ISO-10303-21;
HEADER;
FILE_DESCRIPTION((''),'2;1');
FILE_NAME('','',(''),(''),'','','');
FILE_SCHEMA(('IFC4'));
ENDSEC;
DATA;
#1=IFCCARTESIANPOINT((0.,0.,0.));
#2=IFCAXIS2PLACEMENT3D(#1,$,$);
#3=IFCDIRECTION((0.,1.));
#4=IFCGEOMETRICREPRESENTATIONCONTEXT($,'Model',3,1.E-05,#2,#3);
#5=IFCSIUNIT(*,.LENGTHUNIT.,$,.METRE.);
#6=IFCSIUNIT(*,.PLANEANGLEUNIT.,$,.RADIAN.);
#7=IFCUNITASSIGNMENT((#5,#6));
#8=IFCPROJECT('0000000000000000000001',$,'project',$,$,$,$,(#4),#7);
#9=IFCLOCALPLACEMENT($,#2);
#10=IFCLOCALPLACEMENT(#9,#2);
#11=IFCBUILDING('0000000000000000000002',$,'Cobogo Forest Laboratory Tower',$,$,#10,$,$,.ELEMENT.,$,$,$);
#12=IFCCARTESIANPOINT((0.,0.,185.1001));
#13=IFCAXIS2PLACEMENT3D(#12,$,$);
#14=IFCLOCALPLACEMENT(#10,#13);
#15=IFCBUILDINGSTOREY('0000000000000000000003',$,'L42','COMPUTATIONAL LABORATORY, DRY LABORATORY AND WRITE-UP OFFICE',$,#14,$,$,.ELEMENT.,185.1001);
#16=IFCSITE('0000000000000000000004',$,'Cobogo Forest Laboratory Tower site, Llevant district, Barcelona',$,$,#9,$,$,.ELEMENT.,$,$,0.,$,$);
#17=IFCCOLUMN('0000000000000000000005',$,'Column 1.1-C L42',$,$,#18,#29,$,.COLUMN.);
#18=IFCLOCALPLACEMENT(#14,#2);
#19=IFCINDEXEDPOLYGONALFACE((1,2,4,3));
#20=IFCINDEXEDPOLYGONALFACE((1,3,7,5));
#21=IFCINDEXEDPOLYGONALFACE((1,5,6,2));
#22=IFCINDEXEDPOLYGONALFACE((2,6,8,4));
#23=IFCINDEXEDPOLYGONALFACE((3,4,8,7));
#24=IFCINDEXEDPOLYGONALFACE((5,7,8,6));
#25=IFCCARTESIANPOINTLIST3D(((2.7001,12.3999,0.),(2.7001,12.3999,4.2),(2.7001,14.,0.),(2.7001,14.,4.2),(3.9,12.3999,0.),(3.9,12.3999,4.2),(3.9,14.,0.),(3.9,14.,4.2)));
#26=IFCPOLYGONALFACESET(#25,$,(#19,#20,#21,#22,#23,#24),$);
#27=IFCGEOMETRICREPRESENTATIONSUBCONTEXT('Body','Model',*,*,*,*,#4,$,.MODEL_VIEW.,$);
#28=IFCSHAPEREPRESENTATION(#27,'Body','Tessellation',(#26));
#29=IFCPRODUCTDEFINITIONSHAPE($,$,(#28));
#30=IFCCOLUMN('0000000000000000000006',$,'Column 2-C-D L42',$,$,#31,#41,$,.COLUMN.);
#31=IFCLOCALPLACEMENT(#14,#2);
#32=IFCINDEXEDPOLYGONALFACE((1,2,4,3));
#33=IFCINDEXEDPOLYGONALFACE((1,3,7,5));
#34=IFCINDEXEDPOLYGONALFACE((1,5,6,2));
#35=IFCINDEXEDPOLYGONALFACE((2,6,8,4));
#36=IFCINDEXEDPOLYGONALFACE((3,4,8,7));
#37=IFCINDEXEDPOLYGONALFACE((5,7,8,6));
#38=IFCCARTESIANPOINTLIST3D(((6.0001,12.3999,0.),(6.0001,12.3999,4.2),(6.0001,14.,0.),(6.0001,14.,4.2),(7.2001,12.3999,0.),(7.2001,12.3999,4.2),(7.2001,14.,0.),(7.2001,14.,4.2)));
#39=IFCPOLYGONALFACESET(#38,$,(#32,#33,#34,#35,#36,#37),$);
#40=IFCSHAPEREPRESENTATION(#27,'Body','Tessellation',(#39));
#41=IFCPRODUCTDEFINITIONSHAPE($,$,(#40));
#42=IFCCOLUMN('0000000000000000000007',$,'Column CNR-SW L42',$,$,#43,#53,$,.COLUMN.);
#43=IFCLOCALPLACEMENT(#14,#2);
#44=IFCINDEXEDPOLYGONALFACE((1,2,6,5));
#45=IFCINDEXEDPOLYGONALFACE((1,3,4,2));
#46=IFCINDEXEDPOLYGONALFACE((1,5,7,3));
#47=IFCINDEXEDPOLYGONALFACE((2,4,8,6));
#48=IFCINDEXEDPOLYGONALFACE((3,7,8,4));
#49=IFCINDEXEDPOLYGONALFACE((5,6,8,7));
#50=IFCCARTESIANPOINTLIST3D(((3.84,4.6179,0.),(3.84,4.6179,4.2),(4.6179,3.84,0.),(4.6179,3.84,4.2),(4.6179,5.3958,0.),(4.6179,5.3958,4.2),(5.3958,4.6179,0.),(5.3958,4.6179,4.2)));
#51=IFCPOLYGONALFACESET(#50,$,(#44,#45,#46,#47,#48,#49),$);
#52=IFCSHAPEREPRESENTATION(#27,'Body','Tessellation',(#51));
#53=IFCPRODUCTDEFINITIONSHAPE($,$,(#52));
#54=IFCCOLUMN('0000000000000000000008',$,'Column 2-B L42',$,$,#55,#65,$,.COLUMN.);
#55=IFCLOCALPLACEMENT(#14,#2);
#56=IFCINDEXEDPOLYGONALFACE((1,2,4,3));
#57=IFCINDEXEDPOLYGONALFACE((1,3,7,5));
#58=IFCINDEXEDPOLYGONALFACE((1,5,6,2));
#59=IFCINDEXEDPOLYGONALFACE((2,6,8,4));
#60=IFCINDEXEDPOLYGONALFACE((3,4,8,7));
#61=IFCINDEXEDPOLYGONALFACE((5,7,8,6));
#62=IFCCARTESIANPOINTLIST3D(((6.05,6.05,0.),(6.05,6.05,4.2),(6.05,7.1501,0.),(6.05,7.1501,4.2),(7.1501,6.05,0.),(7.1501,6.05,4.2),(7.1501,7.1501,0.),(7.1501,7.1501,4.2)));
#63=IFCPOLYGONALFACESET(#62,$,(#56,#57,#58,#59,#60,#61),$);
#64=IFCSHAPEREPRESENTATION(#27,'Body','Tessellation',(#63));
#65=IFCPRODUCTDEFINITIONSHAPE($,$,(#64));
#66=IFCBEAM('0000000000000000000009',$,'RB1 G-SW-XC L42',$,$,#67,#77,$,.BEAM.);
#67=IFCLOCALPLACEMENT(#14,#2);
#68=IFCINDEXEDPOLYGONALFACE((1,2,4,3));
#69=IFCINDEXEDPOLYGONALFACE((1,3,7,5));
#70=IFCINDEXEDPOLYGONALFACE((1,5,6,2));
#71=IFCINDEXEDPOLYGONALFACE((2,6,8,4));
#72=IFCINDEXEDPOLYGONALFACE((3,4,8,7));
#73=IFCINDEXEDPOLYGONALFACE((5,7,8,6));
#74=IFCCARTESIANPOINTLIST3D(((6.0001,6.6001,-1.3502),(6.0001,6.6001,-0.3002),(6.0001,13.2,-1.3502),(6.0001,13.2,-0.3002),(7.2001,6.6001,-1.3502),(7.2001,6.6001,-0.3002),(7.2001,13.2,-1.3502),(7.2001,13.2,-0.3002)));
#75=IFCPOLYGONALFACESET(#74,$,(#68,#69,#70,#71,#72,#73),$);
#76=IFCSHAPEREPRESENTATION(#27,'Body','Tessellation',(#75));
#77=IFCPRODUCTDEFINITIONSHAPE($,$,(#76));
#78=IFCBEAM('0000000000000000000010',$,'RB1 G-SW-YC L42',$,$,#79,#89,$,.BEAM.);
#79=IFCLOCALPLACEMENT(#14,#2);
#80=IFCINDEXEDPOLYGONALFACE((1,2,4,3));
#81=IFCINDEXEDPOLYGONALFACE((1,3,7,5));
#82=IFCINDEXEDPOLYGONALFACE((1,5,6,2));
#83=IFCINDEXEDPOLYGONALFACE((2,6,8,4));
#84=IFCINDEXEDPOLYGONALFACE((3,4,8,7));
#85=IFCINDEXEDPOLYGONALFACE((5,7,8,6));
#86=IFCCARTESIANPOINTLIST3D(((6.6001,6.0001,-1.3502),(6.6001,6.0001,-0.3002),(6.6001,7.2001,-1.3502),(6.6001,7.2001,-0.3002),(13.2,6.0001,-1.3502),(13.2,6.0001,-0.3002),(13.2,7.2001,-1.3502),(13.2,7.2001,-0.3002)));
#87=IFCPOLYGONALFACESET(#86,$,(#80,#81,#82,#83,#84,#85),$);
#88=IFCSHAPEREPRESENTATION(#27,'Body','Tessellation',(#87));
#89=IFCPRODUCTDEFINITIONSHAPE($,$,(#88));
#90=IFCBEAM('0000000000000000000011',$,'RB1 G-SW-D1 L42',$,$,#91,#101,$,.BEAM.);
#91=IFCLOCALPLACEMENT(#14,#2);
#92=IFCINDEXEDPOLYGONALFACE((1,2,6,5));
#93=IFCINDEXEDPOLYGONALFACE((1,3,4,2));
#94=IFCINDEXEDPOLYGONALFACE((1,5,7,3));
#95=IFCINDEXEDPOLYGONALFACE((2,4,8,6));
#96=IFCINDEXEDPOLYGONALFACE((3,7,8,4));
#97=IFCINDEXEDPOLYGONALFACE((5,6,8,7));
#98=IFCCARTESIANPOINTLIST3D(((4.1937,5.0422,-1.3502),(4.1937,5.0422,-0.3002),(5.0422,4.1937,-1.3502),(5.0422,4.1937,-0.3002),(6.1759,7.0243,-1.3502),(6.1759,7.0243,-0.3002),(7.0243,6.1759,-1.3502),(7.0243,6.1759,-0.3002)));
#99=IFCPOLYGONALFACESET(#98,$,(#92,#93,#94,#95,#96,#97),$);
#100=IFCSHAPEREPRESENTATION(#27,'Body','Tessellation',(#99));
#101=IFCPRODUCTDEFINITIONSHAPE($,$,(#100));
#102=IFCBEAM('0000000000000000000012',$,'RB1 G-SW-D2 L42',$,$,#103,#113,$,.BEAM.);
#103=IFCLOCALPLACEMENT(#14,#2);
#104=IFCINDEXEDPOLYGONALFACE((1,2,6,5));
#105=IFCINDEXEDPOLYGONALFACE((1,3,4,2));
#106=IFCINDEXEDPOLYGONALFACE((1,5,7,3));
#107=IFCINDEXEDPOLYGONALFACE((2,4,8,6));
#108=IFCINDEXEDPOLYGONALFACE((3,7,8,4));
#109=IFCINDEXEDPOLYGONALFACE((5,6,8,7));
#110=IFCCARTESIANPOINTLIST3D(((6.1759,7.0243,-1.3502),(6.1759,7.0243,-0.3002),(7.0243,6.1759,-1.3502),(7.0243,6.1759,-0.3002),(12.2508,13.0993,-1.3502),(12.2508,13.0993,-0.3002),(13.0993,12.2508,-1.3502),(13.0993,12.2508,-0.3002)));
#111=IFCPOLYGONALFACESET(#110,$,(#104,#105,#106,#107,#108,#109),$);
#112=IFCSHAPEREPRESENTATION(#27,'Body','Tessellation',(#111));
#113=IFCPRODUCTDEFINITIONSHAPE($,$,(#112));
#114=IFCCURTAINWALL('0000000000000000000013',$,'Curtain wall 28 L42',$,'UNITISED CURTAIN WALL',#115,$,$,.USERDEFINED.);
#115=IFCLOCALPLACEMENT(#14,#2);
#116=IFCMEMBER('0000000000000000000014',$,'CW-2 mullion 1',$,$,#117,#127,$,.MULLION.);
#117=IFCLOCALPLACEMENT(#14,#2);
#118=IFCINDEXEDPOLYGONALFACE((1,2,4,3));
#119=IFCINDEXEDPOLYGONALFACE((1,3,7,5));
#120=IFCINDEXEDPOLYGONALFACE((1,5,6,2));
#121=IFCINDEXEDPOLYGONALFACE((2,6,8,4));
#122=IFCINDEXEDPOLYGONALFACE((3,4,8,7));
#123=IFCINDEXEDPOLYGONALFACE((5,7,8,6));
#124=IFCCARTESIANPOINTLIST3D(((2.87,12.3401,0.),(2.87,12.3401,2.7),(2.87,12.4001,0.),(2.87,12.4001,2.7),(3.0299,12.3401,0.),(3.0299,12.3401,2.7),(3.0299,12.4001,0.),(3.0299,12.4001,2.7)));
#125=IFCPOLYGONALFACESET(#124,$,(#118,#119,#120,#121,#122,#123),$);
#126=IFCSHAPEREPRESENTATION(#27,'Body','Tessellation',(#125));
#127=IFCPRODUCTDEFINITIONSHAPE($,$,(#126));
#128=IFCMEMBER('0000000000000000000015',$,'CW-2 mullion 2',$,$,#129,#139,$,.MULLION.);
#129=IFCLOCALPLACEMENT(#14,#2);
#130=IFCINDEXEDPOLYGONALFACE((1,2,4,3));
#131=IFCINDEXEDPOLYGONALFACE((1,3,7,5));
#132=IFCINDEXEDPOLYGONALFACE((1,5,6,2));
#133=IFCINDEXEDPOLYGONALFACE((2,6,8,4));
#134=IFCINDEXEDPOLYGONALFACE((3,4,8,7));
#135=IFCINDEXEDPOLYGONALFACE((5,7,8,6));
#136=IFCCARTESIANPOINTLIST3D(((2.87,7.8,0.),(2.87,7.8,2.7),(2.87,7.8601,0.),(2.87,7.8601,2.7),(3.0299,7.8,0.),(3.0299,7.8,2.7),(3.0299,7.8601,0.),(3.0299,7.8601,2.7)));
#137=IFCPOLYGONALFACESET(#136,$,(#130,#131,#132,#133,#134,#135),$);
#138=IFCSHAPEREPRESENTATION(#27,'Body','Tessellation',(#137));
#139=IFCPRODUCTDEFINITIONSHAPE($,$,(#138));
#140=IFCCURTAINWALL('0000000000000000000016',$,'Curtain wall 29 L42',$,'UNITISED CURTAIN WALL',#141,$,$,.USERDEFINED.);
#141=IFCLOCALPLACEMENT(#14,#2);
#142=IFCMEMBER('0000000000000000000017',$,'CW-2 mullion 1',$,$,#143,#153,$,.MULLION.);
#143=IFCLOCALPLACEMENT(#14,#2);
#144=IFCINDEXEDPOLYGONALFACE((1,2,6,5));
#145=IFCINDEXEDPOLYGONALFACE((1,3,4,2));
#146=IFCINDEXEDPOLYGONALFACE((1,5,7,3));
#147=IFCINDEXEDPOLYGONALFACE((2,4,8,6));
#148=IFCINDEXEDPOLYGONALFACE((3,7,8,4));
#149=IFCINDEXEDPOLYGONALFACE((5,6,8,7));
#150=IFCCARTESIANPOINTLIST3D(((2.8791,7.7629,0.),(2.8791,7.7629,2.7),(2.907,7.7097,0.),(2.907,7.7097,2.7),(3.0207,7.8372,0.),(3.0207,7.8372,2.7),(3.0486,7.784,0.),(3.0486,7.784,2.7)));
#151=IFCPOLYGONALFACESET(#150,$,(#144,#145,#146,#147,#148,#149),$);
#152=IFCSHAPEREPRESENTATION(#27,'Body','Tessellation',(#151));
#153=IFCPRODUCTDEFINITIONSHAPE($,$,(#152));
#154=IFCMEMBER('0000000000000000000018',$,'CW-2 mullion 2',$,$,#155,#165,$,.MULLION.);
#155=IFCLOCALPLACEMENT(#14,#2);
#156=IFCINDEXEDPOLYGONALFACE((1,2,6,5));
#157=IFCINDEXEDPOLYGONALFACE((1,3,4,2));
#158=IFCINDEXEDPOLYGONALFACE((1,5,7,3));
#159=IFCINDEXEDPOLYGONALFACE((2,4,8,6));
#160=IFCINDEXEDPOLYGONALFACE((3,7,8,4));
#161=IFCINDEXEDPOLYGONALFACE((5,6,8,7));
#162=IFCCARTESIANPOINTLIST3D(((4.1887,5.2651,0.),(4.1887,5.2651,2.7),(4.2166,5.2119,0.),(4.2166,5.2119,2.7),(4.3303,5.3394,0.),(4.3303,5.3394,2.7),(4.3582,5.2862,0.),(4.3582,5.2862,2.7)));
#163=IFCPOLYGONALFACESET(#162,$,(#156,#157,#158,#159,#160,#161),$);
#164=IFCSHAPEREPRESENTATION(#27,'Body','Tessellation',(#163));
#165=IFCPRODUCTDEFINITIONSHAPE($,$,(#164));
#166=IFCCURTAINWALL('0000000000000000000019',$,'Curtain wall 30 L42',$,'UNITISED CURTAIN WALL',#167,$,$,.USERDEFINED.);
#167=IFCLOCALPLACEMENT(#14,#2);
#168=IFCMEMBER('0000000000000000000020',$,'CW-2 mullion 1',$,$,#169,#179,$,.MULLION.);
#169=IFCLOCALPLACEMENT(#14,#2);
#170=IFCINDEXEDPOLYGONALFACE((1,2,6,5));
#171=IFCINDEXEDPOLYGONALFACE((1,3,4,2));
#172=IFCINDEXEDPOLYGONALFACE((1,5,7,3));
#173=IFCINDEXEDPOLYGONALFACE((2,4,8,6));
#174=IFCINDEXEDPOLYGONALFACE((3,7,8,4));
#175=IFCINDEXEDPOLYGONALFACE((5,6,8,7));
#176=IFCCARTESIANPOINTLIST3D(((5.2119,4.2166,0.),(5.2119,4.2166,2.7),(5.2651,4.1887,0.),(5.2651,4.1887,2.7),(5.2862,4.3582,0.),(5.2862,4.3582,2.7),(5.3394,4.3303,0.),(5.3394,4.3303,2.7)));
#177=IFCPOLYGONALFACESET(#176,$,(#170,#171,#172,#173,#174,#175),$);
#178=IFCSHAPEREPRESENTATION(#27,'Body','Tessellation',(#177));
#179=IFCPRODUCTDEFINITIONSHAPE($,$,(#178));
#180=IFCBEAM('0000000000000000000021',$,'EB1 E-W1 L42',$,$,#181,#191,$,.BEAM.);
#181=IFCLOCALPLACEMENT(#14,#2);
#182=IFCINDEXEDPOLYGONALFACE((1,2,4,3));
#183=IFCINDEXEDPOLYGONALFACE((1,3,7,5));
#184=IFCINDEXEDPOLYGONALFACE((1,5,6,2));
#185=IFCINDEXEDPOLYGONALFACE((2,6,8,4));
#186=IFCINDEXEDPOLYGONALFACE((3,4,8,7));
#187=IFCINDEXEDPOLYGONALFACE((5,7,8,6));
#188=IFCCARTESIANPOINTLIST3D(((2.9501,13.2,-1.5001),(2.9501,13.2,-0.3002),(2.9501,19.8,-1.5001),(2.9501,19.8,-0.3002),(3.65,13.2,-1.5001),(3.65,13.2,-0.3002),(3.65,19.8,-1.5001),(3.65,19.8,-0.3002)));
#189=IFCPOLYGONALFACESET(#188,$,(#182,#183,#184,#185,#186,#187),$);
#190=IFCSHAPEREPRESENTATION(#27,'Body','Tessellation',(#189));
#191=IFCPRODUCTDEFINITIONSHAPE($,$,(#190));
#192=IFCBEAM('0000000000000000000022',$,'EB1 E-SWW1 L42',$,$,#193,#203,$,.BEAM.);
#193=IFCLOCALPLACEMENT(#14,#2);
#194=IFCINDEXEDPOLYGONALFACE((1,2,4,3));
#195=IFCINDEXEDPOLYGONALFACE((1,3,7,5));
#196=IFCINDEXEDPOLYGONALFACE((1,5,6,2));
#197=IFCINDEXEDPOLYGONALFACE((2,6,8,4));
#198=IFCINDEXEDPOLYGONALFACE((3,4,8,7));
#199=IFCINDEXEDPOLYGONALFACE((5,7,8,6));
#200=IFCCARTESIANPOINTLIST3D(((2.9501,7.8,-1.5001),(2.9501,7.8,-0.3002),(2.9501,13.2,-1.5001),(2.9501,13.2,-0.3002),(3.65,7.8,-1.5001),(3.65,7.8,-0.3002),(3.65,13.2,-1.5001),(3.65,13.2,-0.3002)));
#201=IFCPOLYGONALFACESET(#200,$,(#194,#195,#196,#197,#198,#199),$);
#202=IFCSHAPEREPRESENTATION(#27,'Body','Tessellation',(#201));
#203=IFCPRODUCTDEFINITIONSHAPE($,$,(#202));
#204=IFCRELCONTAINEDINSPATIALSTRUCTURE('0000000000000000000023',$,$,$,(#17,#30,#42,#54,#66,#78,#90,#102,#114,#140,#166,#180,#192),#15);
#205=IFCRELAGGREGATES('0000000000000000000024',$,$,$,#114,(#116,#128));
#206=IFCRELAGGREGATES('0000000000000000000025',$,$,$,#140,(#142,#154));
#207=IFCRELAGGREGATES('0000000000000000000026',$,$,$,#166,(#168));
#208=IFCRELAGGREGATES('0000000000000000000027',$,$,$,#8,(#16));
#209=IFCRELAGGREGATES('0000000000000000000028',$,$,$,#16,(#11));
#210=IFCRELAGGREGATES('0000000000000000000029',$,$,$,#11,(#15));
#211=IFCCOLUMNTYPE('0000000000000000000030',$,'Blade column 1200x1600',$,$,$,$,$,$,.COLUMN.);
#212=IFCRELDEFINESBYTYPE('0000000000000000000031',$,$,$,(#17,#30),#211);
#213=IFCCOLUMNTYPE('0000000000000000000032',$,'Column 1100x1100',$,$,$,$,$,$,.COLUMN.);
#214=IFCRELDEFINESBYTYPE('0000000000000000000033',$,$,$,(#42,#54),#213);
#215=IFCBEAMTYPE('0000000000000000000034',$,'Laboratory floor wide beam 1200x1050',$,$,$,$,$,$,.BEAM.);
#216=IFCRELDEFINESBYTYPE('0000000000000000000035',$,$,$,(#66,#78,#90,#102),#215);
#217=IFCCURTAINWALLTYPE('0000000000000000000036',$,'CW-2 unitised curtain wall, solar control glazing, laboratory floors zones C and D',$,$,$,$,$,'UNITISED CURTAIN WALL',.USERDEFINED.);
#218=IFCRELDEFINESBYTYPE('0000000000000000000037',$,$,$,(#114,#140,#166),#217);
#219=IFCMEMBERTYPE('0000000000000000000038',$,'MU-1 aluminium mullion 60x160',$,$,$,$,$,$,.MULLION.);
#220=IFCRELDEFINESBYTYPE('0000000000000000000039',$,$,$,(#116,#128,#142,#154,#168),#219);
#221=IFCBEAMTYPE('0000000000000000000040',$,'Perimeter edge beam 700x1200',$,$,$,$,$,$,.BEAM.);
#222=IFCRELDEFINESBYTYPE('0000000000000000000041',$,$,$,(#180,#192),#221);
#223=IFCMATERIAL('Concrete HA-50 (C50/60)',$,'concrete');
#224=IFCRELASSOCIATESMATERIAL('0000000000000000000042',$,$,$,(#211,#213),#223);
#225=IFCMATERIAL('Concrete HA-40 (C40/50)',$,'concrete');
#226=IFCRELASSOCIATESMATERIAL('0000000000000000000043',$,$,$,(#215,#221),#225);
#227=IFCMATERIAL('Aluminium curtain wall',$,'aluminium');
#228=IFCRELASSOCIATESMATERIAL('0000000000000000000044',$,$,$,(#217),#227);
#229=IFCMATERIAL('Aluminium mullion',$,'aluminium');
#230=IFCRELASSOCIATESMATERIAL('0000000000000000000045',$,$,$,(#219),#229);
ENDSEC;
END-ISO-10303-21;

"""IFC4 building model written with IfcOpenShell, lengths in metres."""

from ifc_helpers import new_model, si_unit, direction, frame, origin, origin_2d, place, context, subcontext, project, spatial, rectangle, extrude, material, material_profile, profile_set, type_object, element, aggregate, save


model = new_model("IFC4")

# Units and contexts
model_context = context("Model", 3, precision=1e-05, world=origin(), true_north=direction((0.0, 1.0)))
body_context = subcontext(model_context, "Body", "Model", "MODEL_VIEW")
ifc_project = project(units=[si_unit("LENGTHUNIT", "METRE"), si_unit("PLANEANGLEUNIT", "RADIAN")], contexts=[model_context])

# Site, building, storey
site_placement = place(None, origin())
site = spatial("IfcSite", under=ifc_project, at=site_placement, Name="Cobogo Forest Laboratory Tower site, Llevant district, Barcelona", CompositionType="ELEMENT", RefElevation=0.0)
building_placement = place(site_placement, origin())
building = spatial("IfcBuilding", under=site, at=building_placement, Name="Cobogo Forest Laboratory Tower", CompositionType="ELEMENT")
storey_placement = place(building_placement, frame((0.0, 0.0, 185.1001)))
storey = spatial("IfcBuildingStorey", under=building, at=storey_placement, Name="L42", Description="COMPUTATIONAL LABORATORY, DRY LABORATORY AND WRITE-UP OFFICE", CompositionType="ELEMENT", Elevation=185.1001)

# Columns
ifc_material_1 = material(Name="Concrete HA-50 (C50/60)", Category="concrete")
ifc_material_profile_1 = material_profile(ifc_material_1, rectangle(XDim=1.6001, YDim=1.2, at=origin_2d()), Name="RC 1200x1600")
ifc_profile_set_1 = profile_set([ifc_material_profile_1], Name="Concrete HA-50 (C50/60)")
column_type_1 = type_object("IfcColumnType", Name="Blade column 1200x1600", PredefinedType="COLUMN", material=ifc_profile_set_1)
for number, where, z_axis, x_axis, name in (
    (1, (3.3, 13.2, 0.0), (0.0, 0.0, 1.0), (0.0, 1.0, 0.0), "Column 1.1-C L42"),
    (2, (6.6001, 13.2, 0.0), (0.0, 0.0, 1.0), (0.0, 1.0, 0.0), "Column 2-C-D L42"),
):
    element("IfcColumn", number, at=place(storey_placement, frame(where, z_axis=z_axis, x_axis=x_axis)), inside=storey, type_object=column_type_1, Name=name, PredefinedType="COLUMN", context=body_context, shape_type="SweptSolid", body=[
        extrude(rectangle(XDim=1.6001, YDim=1.2, at=origin_2d()), origin(), (0.0, 0.0, 1.0), 4.2),
    ])
ifc_material_profile_2 = material_profile(ifc_material_1, rectangle(XDim=1.1001, YDim=1.1001, at=origin_2d()), Name="RC 1100x1100")
ifc_profile_set_2 = profile_set([ifc_material_profile_2], Name="Concrete HA-50 (C50/60)")
column_type_2 = type_object("IfcColumnType", Name="Column 1100x1100", PredefinedType="COLUMN", material=ifc_profile_set_2)
for number, where, z_axis, x_axis, name in (
    (3, (4.6179, 4.6179, 0.0), (0.0, 0.0, 1.0), (0.707107, 0.707107, 0.0), "Column CNR-SW L42"),
    (4, (6.6001, 6.6001, 0.0), (0.0, 0.0, 1.0), (1.0, 0.0, 0.0), "Column 2-B L42"),
):
    element("IfcColumn", number, at=place(storey_placement, frame(where, z_axis=z_axis, x_axis=x_axis)), inside=storey, type_object=column_type_2, Name=name, PredefinedType="COLUMN", context=body_context, shape_type="SweptSolid", body=[
        extrude(rectangle(XDim=1.1001, YDim=1.1001, at=origin_2d()), origin(), (0.0, 0.0, 1.0), 4.2),
    ])

# Beams
ifc_material_2 = material(Name="Concrete HA-40 (C40/50)", Category="concrete")
ifc_material_profile_3 = material_profile(ifc_material_2, rectangle(XDim=1.2, YDim=1.05, at=origin_2d()), Name="RC 1200x1050")
ifc_profile_set_3 = profile_set([ifc_material_profile_3], Name="Concrete HA-40 (C40/50)")
beam_type_1 = type_object("IfcBeamType", Name="Laboratory floor wide beam 1200x1050", PredefinedType="BEAM", material=ifc_profile_set_3)
for number, where, z_axis, x_axis, name in (
    (5, (6.6001, 6.6001, -0.8252), (0.0, 1.0, 0.0), (-1.0, 0.0, 0.0), "RB1 G-SW-XC L42"),
    (6, (6.6001, 6.6001, -0.8252), (1.0, 0.0, 0.0), (0.0, 1.0, 0.0), "RB1 G-SW-YC L42"),
):
    element("IfcBeam", number, at=place(storey_placement, frame(where, z_axis=z_axis, x_axis=x_axis)), inside=storey, type_object=beam_type_1, Name=name, PredefinedType="BEAM", context=body_context, shape_type="SweptSolid", body=[
        extrude(rectangle(XDim=1.2, YDim=1.05, at=origin_2d()), origin(), (0.0, 0.0, 1.0), 6.5999),
    ])
beam_1_placement = place(storey_placement, frame((4.6179, 4.6179, -0.8252), z_axis=(0.707107, 0.707107, 0.0), x_axis=(-0.707107, 0.707107, 0.0)))
element("IfcBeam", 7, at=beam_1_placement, inside=storey, type_object=beam_type_1, Name="RB1 G-SW-D1 L42", PredefinedType="BEAM", context=body_context, shape_type="SweptSolid", body=[
    extrude(rectangle(XDim=1.2, YDim=1.05, at=origin_2d()), origin(), (0.0, 0.0, 1.0), 2.8032),
])
beam_2_placement = place(storey_placement, frame((6.6001, 6.6001, -0.8252), z_axis=(0.707107, 0.707107, 0.0), x_axis=(-0.707107, 0.707107, 0.0)))
element("IfcBeam", 8, at=beam_2_placement, inside=storey, type_object=beam_type_1, Name="RB1 G-SW-D2 L42", PredefinedType="BEAM", context=body_context, shape_type="SweptSolid", body=[
    extrude(rectangle(XDim=1.2, YDim=1.05, at=origin_2d()), origin(), (0.0, 0.0, 1.0), 8.5913),
])

# Curtain walls, members
ifc_material_3 = material(Name="Aluminium curtain wall", Category="aluminium")
curtain_wall_type = type_object("IfcCurtainWallType", Name="CW-2 unitised curtain wall, solar control glazing, laboratory floors zones C and D", ElementType="UNITISED CURTAIN WALL", PredefinedType="USERDEFINED", material=ifc_material_3)
curtain_wall_1_placement = place(storey_placement, origin())
curtain_wall_1 = element("IfcCurtainWall", 9, at=curtain_wall_1_placement, inside=storey, type_object=curtain_wall_type, Name="Curtain wall 28 L42", ObjectType="UNITISED CURTAIN WALL", PredefinedType="USERDEFINED")
ifc_material_4 = material(Name="Aluminium mullion", Category="aluminium")
ifc_material_profile_4 = material_profile(ifc_material_4, rectangle(XDim=0.0601, YDim=0.1599, at=origin_2d()), Name="AL 60x160")
ifc_profile_set_4 = profile_set([ifc_material_profile_4], Name="Aluminium mullion")
member_type_1 = type_object("IfcMemberType", Name="MU-1 aluminium mullion 60x160", PredefinedType="MULLION", material=ifc_profile_set_4)
member_1_placement = place(storey_placement, frame((2.95, 12.3701, 0.0), z_axis=(0.0, 0.0, 1.0), x_axis=(0.0, -1.0, 0.0)))
member_1 = element("IfcMember", 10, at=member_1_placement, type_object=member_type_1, Name="CW-2 mullion 1", PredefinedType="MULLION", context=body_context, shape_type="SweptSolid", body=[
    extrude(rectangle(XDim=0.0601, YDim=0.1599, at=origin_2d()), origin(), (0.0, 0.0, 1.0), 2.7),
])
member_2_placement = place(storey_placement, frame((2.95, 7.8301, 0.0), z_axis=(0.0, 0.0, 1.0), x_axis=(0.0, -1.0, 0.0)))
member_2 = element("IfcMember", 11, at=member_2_placement, type_object=member_type_1, Name="CW-2 mullion 2", PredefinedType="MULLION", context=body_context, shape_type="SweptSolid", body=[
    extrude(rectangle(XDim=0.0601, YDim=0.1599, at=origin_2d()), origin(), (0.0, 0.0, 1.0), 2.7),
])
curtain_wall_2_placement = place(storey_placement, origin())
curtain_wall_2 = element("IfcCurtainWall", 12, at=curtain_wall_2_placement, inside=storey, type_object=curtain_wall_type, Name="Curtain wall 29 L42", ObjectType="UNITISED CURTAIN WALL", PredefinedType="USERDEFINED")
member_3_placement = place(storey_placement, frame((2.9639, 7.7734, 0.0), z_axis=(0.0, 0.0, 1.0), x_axis=(0.464284, -0.885686, 0.0)))
member_3 = element("IfcMember", 13, at=member_3_placement, type_object=member_type_1, Name="CW-2 mullion 1", PredefinedType="MULLION", context=body_context, shape_type="SweptSolid", body=[
    extrude(rectangle(XDim=0.0601, YDim=0.1599, at=origin_2d()), origin(), (0.0, 0.0, 1.0), 2.7),
])
member_4_placement = place(storey_placement, frame((4.2734, 5.2756, 0.0), z_axis=(0.0, 0.0, 1.0), x_axis=(0.464284, -0.885686, 0.0)))
member_4 = element("IfcMember", 14, at=member_4_placement, type_object=member_type_1, Name="CW-2 mullion 2", PredefinedType="MULLION", context=body_context, shape_type="SweptSolid", body=[
    extrude(rectangle(XDim=0.0601, YDim=0.1599, at=origin_2d()), origin(), (0.0, 0.0, 1.0), 2.7),
])

# Curtain wall, member
curtain_wall_3_placement = place(storey_placement, origin())
curtain_wall_3 = element("IfcCurtainWall", 15, at=curtain_wall_3_placement, inside=storey, type_object=curtain_wall_type, Name="Curtain wall 30 L42", ObjectType="UNITISED CURTAIN WALL", PredefinedType="USERDEFINED")
member_5_placement = place(storey_placement, frame((5.2756, 4.2734, 0.0), z_axis=(0.0, 0.0, 1.0), x_axis=(0.885686, -0.464284, 0.0)))
member_5 = element("IfcMember", 16, at=member_5_placement, type_object=member_type_1, Name="CW-2 mullion 1", PredefinedType="MULLION", context=body_context, shape_type="SweptSolid", body=[
    extrude(rectangle(XDim=0.0601, YDim=0.1599, at=origin_2d()), origin(), (0.0, 0.0, 1.0), 2.7),
])

# Beams
ifc_material_profile_5 = material_profile(ifc_material_2, rectangle(XDim=0.7, YDim=1.2, at=origin_2d()), Name="RC 700x1200")
ifc_profile_set_5 = profile_set([ifc_material_profile_5], Name="Concrete HA-40 (C40/50)")
beam_type_2 = type_object("IfcBeamType", Name="Perimeter edge beam 700x1200", PredefinedType="BEAM", material=ifc_profile_set_5)
beam_3_placement = place(storey_placement, frame((3.3, 13.2, -0.9001), z_axis=(0.0, 1.0, 0.0), x_axis=(-1.0, 0.0, 0.0)))
element("IfcBeam", 17, at=beam_3_placement, inside=storey, type_object=beam_type_2, Name="EB1 E-W1 L42", PredefinedType="BEAM", context=body_context, shape_type="SweptSolid", body=[
    extrude(rectangle(XDim=0.7, YDim=1.2, at=origin_2d()), origin(), (0.0, 0.0, 1.0), 6.6001),
])
beam_4_placement = place(storey_placement, frame((3.3, 13.2, -0.9001), z_axis=(0.0, -1.0, 0.0), x_axis=(1.0, 0.0, 0.0)))
element("IfcBeam", 18, at=beam_4_placement, inside=storey, type_object=beam_type_2, Name="EB1 E-SWW1 L42", PredefinedType="BEAM", context=body_context, shape_type="SweptSolid", body=[
    extrude(rectangle(XDim=0.7, YDim=1.2, at=origin_2d()), origin(), (0.0, 0.0, 1.0), 5.3999),
])

aggregate(curtain_wall_1, [member_1, member_2])
aggregate(curtain_wall_2, [member_3, member_4])
aggregate(curtain_wall_3, [member_5])

save(model, "model.ifc")
